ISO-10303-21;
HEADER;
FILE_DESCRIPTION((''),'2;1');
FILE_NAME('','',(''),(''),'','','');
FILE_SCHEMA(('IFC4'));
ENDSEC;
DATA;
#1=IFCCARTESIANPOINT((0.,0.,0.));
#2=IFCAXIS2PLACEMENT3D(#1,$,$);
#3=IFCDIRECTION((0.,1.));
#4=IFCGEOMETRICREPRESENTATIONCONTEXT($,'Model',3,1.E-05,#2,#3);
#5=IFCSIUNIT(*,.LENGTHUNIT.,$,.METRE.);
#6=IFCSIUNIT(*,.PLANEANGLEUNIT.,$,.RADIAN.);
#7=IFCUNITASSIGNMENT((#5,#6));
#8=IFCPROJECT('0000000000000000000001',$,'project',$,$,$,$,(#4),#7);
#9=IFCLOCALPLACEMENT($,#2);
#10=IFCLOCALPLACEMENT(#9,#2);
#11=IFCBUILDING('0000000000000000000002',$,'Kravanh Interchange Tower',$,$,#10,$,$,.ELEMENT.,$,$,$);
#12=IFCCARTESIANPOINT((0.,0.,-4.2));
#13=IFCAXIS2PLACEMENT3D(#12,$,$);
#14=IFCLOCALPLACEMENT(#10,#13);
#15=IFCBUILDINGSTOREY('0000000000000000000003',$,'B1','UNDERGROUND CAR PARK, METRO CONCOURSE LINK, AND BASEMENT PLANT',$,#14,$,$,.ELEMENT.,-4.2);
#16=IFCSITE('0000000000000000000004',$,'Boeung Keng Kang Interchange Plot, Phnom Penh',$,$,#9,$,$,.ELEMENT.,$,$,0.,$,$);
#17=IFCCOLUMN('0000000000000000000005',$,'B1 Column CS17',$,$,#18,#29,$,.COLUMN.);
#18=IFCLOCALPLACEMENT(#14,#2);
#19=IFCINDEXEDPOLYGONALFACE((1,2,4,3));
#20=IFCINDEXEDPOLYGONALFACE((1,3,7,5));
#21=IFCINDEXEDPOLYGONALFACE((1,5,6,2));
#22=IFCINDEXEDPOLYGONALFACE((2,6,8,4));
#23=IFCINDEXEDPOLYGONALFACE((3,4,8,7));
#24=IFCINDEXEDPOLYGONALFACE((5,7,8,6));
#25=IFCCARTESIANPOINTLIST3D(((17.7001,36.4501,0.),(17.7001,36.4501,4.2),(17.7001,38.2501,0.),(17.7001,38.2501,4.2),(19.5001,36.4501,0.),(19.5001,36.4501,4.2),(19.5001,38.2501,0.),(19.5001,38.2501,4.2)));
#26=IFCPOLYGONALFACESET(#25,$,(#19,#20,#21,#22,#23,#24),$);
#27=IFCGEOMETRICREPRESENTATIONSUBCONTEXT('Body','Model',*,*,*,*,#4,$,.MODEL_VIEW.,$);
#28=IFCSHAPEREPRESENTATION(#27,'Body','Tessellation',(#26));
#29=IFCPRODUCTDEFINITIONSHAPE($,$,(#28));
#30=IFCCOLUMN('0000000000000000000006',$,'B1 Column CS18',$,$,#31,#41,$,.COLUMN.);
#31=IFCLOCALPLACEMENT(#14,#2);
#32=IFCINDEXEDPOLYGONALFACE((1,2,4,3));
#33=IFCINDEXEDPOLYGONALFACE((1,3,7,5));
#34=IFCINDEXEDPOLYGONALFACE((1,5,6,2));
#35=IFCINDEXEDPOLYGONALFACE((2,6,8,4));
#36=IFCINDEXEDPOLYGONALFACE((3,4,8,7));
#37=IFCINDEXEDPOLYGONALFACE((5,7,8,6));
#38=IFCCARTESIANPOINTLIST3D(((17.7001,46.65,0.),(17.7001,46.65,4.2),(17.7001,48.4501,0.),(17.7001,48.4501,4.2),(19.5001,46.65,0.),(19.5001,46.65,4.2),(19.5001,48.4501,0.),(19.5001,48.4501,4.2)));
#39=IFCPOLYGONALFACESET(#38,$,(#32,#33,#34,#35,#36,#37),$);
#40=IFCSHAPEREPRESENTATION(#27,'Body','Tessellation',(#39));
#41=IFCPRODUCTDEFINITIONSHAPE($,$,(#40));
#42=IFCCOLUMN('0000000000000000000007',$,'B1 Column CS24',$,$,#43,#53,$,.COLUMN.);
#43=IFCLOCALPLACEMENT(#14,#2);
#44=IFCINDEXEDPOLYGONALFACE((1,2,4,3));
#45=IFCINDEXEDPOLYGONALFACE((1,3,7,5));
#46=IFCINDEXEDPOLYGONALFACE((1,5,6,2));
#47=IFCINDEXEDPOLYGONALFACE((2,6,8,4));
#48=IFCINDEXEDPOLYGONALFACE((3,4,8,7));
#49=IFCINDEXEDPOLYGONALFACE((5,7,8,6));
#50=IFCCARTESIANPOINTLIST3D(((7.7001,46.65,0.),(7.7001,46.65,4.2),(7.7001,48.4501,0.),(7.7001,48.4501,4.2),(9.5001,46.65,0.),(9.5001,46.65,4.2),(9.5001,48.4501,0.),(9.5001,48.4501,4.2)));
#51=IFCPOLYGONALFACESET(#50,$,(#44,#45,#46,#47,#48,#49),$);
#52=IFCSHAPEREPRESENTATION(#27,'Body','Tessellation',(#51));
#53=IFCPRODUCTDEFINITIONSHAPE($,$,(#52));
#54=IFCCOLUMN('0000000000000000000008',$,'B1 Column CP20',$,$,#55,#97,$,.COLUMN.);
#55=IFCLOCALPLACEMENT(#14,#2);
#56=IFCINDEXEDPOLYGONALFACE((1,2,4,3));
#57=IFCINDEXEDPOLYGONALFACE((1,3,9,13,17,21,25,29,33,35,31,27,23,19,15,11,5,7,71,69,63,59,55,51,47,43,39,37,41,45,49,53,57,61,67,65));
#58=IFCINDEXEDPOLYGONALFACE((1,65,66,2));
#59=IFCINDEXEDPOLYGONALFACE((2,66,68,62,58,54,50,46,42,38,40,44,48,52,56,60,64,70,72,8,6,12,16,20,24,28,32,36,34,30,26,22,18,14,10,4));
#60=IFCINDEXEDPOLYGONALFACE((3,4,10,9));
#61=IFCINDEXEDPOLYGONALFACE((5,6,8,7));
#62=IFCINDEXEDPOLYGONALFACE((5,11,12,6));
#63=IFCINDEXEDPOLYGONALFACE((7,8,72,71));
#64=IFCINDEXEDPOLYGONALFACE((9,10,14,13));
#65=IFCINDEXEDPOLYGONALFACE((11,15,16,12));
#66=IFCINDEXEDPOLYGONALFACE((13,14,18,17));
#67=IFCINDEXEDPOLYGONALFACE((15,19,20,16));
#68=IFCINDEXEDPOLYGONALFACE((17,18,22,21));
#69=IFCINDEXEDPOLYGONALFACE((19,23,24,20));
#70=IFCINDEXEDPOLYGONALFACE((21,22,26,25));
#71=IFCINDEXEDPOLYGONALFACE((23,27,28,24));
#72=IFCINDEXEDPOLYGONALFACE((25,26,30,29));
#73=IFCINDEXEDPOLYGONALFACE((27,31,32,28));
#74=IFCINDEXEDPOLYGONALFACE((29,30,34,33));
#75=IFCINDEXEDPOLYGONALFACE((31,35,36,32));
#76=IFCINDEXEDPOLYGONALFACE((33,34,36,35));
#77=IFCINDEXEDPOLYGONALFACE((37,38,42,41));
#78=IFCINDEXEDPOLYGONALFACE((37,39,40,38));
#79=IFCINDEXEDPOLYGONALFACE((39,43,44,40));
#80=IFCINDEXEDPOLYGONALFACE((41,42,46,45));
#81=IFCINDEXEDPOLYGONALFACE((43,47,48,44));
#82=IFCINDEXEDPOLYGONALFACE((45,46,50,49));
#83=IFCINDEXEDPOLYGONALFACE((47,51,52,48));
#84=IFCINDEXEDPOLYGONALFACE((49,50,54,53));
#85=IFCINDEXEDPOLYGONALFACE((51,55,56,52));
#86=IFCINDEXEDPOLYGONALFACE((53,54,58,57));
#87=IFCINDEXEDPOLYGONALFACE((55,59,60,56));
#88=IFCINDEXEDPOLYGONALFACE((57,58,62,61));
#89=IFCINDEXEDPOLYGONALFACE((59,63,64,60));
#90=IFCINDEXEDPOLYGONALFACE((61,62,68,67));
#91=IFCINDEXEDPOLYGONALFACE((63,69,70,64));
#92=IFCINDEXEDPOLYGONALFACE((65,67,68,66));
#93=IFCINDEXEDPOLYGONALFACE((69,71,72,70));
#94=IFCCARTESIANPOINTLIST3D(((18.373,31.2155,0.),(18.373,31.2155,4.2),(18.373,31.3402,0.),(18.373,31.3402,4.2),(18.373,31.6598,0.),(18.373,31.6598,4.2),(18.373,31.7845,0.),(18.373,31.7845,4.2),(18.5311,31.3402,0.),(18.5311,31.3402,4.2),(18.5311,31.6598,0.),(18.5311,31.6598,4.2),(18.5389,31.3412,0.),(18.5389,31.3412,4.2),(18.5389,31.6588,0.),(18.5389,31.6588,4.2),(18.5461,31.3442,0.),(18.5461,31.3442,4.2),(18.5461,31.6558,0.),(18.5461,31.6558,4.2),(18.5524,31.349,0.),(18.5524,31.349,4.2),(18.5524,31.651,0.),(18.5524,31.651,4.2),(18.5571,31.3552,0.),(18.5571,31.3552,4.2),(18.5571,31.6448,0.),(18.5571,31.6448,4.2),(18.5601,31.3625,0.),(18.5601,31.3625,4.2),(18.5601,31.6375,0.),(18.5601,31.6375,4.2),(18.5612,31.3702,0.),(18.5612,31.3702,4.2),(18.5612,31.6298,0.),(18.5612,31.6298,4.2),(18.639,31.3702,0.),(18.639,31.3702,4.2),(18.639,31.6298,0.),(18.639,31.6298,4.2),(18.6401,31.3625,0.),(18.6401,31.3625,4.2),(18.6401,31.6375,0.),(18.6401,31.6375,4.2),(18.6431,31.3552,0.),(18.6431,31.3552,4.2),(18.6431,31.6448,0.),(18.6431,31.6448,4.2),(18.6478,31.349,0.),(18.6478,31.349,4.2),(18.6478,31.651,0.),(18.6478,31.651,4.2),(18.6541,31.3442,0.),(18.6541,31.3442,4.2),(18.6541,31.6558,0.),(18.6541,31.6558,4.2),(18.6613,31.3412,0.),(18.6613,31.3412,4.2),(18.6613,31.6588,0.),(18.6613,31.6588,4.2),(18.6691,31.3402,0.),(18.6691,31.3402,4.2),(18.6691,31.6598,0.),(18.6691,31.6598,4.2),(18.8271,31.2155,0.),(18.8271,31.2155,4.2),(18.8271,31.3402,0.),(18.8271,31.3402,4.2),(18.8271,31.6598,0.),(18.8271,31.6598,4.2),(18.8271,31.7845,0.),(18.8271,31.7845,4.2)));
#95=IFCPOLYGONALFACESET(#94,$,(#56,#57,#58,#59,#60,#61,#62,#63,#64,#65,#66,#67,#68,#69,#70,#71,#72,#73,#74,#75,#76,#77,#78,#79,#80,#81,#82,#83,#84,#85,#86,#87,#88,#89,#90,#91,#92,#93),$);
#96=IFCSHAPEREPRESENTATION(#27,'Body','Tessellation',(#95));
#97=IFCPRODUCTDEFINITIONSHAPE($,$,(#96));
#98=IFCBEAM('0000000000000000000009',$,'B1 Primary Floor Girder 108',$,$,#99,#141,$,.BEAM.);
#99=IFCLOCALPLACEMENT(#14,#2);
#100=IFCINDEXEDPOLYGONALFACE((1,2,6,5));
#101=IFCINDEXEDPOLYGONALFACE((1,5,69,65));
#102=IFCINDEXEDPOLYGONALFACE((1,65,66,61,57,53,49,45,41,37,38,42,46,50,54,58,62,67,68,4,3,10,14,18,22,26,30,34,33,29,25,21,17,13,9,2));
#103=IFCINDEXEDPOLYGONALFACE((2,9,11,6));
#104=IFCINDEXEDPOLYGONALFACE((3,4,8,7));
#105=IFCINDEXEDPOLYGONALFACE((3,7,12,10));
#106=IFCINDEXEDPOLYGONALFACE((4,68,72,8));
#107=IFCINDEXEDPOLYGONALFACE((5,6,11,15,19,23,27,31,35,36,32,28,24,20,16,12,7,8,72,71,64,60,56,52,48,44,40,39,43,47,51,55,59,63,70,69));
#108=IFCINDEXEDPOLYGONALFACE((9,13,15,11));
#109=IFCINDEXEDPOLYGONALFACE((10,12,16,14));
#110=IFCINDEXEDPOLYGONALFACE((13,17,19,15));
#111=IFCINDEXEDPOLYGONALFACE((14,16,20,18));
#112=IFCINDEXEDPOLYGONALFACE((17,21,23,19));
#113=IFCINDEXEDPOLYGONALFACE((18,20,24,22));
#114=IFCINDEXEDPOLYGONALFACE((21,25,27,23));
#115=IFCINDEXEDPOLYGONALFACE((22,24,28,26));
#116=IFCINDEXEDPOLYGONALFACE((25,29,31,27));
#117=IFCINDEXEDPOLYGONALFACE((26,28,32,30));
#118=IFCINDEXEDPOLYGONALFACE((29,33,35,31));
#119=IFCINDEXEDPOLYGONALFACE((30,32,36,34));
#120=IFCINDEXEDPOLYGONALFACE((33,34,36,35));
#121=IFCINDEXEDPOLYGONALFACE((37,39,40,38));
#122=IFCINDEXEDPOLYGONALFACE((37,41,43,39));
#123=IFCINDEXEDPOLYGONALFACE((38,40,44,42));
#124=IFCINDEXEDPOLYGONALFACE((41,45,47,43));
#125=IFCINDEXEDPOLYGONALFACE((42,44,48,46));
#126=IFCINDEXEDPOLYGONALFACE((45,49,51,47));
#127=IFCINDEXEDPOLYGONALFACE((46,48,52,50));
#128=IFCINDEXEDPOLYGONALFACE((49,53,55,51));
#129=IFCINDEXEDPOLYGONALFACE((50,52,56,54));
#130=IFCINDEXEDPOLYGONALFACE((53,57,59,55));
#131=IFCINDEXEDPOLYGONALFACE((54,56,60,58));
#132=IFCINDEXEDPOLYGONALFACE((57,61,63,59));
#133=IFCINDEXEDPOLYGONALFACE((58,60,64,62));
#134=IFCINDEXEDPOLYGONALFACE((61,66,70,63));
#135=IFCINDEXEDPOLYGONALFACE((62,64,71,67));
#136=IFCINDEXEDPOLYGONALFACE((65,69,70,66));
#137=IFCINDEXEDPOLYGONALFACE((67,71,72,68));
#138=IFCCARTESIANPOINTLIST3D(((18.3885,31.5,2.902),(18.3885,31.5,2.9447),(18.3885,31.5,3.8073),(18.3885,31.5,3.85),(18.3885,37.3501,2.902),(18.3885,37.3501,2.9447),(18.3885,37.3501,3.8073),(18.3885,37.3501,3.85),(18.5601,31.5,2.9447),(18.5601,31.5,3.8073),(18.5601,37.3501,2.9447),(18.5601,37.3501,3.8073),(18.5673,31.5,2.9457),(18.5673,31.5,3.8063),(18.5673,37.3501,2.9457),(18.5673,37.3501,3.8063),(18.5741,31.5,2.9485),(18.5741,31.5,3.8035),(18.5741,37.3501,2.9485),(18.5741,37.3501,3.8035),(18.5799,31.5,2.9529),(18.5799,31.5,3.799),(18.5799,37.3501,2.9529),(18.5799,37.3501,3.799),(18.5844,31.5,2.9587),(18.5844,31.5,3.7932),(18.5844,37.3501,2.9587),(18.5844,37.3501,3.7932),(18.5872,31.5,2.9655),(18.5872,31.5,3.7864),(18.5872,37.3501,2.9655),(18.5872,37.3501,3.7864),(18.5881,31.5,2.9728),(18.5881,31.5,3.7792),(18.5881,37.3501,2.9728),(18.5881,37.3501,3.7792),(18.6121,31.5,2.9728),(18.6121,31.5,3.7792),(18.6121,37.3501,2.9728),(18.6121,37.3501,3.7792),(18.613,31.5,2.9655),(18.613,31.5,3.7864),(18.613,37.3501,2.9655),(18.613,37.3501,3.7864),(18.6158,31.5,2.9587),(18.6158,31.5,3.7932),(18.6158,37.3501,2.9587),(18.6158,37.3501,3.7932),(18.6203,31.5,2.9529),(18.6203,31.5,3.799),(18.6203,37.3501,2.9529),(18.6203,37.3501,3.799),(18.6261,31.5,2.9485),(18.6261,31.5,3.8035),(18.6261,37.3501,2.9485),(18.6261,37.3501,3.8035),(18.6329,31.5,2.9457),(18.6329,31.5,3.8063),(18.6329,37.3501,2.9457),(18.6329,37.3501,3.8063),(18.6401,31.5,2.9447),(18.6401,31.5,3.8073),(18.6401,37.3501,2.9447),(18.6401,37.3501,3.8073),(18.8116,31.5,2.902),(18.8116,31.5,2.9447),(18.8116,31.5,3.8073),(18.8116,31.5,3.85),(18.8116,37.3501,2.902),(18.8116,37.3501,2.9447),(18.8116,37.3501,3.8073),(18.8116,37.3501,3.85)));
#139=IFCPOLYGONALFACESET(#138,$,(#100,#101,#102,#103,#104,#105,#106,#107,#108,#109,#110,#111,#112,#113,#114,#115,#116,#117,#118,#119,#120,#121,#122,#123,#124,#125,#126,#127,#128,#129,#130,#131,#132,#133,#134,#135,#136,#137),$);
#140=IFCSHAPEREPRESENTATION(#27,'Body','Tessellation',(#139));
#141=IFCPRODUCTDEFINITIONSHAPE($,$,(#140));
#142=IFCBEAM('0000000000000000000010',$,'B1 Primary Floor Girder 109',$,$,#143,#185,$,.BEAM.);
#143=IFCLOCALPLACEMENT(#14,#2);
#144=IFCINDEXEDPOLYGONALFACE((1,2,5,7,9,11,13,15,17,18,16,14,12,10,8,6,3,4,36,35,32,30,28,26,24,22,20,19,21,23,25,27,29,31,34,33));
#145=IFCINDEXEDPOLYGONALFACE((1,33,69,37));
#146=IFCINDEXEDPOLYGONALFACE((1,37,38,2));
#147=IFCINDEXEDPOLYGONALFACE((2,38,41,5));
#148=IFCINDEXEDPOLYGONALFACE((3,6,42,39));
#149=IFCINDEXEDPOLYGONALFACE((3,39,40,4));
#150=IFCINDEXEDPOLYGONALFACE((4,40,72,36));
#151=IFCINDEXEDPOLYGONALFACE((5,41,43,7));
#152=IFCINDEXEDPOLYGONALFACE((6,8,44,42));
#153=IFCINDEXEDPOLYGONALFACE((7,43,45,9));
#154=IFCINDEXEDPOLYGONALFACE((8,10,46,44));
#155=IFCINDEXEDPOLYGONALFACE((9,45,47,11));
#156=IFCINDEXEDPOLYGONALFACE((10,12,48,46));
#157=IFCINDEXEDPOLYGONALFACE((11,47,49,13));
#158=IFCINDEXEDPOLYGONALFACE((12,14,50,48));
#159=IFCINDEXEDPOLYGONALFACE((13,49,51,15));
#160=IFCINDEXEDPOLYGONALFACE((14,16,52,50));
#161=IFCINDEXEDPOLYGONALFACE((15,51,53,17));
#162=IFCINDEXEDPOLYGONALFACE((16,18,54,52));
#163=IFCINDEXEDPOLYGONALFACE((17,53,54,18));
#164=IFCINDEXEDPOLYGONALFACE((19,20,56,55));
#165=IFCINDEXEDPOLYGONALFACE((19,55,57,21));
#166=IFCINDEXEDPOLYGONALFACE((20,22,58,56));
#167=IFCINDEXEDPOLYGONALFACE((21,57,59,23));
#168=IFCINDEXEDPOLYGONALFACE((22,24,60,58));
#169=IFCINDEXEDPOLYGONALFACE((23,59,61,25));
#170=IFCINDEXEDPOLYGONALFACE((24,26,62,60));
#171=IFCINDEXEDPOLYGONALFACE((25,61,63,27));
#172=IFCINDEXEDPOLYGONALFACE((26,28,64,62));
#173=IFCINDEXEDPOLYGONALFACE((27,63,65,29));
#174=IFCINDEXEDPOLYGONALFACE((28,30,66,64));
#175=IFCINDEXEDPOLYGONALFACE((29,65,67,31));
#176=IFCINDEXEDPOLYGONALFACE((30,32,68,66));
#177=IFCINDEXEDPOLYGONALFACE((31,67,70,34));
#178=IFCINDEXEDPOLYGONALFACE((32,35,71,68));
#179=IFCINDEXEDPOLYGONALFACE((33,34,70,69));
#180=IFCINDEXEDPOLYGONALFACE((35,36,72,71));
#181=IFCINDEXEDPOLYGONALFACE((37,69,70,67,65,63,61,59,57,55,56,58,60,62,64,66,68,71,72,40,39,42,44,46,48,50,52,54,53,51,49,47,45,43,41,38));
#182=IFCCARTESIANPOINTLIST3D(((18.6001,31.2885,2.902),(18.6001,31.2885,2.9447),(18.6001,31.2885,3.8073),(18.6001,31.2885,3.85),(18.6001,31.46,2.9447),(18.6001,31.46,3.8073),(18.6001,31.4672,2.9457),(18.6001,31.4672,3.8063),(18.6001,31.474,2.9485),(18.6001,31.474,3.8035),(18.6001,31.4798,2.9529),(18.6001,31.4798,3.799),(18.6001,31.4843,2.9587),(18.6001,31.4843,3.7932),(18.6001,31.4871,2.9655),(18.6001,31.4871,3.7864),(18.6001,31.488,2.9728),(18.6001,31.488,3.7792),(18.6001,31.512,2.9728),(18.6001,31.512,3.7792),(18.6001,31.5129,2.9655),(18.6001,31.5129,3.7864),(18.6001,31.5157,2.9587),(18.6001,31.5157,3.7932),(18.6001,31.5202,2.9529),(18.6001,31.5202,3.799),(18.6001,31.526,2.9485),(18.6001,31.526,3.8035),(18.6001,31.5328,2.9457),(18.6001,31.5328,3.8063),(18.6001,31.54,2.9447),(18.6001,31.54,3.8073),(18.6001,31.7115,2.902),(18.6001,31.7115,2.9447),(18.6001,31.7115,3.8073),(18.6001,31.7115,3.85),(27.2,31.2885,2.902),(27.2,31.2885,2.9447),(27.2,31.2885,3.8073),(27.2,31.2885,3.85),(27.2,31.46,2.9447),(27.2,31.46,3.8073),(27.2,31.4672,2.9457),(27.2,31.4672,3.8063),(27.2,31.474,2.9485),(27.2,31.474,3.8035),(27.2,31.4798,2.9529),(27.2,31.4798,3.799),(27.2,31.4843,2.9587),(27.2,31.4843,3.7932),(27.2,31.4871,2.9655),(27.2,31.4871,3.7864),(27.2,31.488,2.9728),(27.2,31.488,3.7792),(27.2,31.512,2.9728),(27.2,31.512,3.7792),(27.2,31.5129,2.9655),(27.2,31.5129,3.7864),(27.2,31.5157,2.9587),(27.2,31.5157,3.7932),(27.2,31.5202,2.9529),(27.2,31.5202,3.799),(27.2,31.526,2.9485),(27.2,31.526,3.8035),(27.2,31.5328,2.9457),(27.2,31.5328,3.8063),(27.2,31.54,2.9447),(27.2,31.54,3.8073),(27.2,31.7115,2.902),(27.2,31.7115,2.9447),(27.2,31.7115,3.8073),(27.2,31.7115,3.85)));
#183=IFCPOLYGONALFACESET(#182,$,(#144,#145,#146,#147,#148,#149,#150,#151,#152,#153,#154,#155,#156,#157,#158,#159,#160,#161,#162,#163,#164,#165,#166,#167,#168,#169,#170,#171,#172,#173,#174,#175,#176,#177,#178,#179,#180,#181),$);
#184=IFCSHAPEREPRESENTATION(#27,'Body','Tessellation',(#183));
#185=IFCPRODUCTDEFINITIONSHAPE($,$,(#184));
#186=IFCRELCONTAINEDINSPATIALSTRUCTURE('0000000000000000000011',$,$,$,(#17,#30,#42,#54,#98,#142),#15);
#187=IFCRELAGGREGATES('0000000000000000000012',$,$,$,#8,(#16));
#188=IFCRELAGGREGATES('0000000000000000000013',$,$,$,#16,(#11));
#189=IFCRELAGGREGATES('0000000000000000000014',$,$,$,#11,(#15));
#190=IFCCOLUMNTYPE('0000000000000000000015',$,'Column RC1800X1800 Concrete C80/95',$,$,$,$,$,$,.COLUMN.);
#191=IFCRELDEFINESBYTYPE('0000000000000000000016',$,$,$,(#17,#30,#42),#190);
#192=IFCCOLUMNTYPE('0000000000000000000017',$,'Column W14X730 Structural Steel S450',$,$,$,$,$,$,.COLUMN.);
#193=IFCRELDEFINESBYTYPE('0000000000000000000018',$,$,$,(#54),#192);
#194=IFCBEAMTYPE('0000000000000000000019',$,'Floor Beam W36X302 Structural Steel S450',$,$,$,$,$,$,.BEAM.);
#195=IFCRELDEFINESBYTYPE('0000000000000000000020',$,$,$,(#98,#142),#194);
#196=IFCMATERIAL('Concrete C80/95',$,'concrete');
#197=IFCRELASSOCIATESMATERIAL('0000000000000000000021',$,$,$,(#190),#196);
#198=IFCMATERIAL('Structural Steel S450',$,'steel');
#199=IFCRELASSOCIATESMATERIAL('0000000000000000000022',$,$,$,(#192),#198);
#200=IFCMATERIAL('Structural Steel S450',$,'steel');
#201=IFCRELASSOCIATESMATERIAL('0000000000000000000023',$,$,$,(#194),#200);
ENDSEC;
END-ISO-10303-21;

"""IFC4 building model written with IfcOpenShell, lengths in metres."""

from ifc_helpers import new_model, si_unit, direction, frame, origin, origin_2d, place, context, subcontext, project, spatial, rectangle, i_section, extrude, material, material_profile, profile_set, type_object, element, save


model = new_model("IFC4")

# Units and contexts
model_context = context("Model", 3, precision=1e-05, world=origin(), true_north=direction((0.0, 1.0)))
body_context = subcontext(model_context, "Body", "Model", "MODEL_VIEW")
ifc_project = project(units=[si_unit("LENGTHUNIT", "METRE"), si_unit("PLANEANGLEUNIT", "RADIAN")], contexts=[model_context])

# Site, building, storey
site_placement = place(None, origin())
site = spatial("IfcSite", under=ifc_project, at=site_placement, Name="Boeung Keng Kang Interchange Plot, Phnom Penh", CompositionType="ELEMENT", RefElevation=0.0)
building_placement = place(site_placement, origin())
building = spatial("IfcBuilding", under=site, at=building_placement, Name="Kravanh Interchange Tower", CompositionType="ELEMENT")
storey_placement = place(building_placement, frame((0.0, 0.0, -4.2)))
storey = spatial("IfcBuildingStorey", under=building, at=storey_placement, Name="B1", Description="UNDERGROUND CAR PARK, METRO CONCOURSE LINK, AND BASEMENT PLANT", CompositionType="ELEMENT", Elevation=-4.2)

# Columns
ifc_material_1 = material(Name="Concrete C80/95", Category="concrete")
ifc_material_profile_1 = material_profile(ifc_material_1, rectangle(XDim=1.8, YDim=1.8, at=origin_2d()), Name="RC1800X1800")
ifc_profile_set_1 = profile_set([ifc_material_profile_1], Name="Concrete C80/95")
column_type_1 = type_object("IfcColumnType", Name="Column RC1800X1800 Concrete C80/95", PredefinedType="COLUMN", material=ifc_profile_set_1)
for number, where, z_axis, x_axis, name in (
    (1, (18.6001, 37.3501, 0.0), (0.0, 0.0, 1.0), (1.0, 0.0, 0.0), "B1 Column CS17"),
    (2, (18.6001, 47.55, 0.0), (0.0, 0.0, 1.0), (1.0, 0.0, 0.0), "B1 Column CS18"),
    (3, (8.6001, 47.55, 0.0), (0.0, 0.0, 1.0), (1.0, 0.0, 0.0), "B1 Column CS24"),
):
    element("IfcColumn", number, at=place(storey_placement, frame(where, z_axis=z_axis, x_axis=x_axis)), inside=storey, type_object=column_type_1, Name=name, PredefinedType="COLUMN", context=body_context, shape_type="SweptSolid", body=[
        extrude(rectangle(XDim=1.8, YDim=1.8, at=origin_2d()), origin(), (0.0, 0.0, 1.0), 4.2),
    ])
ifc_material_2 = material(Name="Structural Steel S450", Category="steel")
ifc_material_profile_2 = material_profile(ifc_material_2, i_section(OverallWidth=0.4541, OverallDepth=0.5691, WebThickness=0.0779, FlangeThickness=0.1248, FilletRadius=0.03, at=origin_2d()), Name="W14X730")
ifc_profile_set_2 = profile_set([ifc_material_profile_2], Name="Structural Steel S450")
column_type_2 = type_object("IfcColumnType", Name="Column W14X730 Structural Steel S450", PredefinedType="COLUMN", material=ifc_profile_set_2)
column_placement = place(storey_placement, frame((18.6001, 31.5, 0.0), z_axis=(0.0, 0.0, 1.0), x_axis=(1.0, 0.0, 0.0)))
element("IfcColumn", 4, at=column_placement, inside=storey, type_object=column_type_2, Name="B1 Column CP20", PredefinedType="COLUMN", context=body_context, shape_type="SweptSolid", body=[
    extrude(i_section(OverallWidth=0.4541, OverallDepth=0.5691, WebThickness=0.0779, FlangeThickness=0.1248, FilletRadius=0.03, at=origin_2d()), origin(), (0.0, 0.0, 1.0), 4.2),
])

# Beams
ifc_material_3 = material(Name="Structural Steel S450", Category="steel")
ifc_material_profile_3 = material_profile(ifc_material_3, i_section(OverallWidth=0.4231, OverallDepth=0.948, WebThickness=0.0239, FlangeThickness=0.0427, FilletRadius=0.0281, at=origin_2d()), Name="W36X302")
ifc_profile_set_3 = profile_set([ifc_material_profile_3], Name="Structural Steel S450")
beam_type = type_object("IfcBeamType", Name="Floor Beam W36X302 Structural Steel S450", PredefinedType="BEAM", material=ifc_profile_set_3)
beam_1_placement = place(storey_placement, frame((18.6001, 31.5, 3.376), z_axis=(0.0, 1.0, 0.0), x_axis=(-1.0, 0.0, 0.0)))
element("IfcBeam", 5, at=beam_1_placement, inside=storey, type_object=beam_type, Name="B1 Primary Floor Girder 108", PredefinedType="BEAM", context=body_context, shape_type="SweptSolid", body=[
    extrude(i_section(OverallWidth=0.4231, OverallDepth=0.948, WebThickness=0.0239, FlangeThickness=0.0427, FilletRadius=0.0281, at=origin_2d()), origin(), (0.0, 0.0, 1.0), 5.8501),
])
beam_2_placement = place(storey_placement, frame((18.6001, 31.5, 3.376), z_axis=(1.0, 0.0, 0.0), x_axis=(0.0, 1.0, 0.0)))
element("IfcBeam", 6, at=beam_2_placement, inside=storey, type_object=beam_type, Name="B1 Primary Floor Girder 109", PredefinedType="BEAM", context=body_context, shape_type="SweptSolid", body=[
    extrude(i_section(OverallWidth=0.4231, OverallDepth=0.948, WebThickness=0.0239, FlangeThickness=0.0427, FilletRadius=0.0281, at=origin_2d()), origin(), (0.0, 0.0, 1.0), 8.5999),
])

save(model, "model.ifc")
